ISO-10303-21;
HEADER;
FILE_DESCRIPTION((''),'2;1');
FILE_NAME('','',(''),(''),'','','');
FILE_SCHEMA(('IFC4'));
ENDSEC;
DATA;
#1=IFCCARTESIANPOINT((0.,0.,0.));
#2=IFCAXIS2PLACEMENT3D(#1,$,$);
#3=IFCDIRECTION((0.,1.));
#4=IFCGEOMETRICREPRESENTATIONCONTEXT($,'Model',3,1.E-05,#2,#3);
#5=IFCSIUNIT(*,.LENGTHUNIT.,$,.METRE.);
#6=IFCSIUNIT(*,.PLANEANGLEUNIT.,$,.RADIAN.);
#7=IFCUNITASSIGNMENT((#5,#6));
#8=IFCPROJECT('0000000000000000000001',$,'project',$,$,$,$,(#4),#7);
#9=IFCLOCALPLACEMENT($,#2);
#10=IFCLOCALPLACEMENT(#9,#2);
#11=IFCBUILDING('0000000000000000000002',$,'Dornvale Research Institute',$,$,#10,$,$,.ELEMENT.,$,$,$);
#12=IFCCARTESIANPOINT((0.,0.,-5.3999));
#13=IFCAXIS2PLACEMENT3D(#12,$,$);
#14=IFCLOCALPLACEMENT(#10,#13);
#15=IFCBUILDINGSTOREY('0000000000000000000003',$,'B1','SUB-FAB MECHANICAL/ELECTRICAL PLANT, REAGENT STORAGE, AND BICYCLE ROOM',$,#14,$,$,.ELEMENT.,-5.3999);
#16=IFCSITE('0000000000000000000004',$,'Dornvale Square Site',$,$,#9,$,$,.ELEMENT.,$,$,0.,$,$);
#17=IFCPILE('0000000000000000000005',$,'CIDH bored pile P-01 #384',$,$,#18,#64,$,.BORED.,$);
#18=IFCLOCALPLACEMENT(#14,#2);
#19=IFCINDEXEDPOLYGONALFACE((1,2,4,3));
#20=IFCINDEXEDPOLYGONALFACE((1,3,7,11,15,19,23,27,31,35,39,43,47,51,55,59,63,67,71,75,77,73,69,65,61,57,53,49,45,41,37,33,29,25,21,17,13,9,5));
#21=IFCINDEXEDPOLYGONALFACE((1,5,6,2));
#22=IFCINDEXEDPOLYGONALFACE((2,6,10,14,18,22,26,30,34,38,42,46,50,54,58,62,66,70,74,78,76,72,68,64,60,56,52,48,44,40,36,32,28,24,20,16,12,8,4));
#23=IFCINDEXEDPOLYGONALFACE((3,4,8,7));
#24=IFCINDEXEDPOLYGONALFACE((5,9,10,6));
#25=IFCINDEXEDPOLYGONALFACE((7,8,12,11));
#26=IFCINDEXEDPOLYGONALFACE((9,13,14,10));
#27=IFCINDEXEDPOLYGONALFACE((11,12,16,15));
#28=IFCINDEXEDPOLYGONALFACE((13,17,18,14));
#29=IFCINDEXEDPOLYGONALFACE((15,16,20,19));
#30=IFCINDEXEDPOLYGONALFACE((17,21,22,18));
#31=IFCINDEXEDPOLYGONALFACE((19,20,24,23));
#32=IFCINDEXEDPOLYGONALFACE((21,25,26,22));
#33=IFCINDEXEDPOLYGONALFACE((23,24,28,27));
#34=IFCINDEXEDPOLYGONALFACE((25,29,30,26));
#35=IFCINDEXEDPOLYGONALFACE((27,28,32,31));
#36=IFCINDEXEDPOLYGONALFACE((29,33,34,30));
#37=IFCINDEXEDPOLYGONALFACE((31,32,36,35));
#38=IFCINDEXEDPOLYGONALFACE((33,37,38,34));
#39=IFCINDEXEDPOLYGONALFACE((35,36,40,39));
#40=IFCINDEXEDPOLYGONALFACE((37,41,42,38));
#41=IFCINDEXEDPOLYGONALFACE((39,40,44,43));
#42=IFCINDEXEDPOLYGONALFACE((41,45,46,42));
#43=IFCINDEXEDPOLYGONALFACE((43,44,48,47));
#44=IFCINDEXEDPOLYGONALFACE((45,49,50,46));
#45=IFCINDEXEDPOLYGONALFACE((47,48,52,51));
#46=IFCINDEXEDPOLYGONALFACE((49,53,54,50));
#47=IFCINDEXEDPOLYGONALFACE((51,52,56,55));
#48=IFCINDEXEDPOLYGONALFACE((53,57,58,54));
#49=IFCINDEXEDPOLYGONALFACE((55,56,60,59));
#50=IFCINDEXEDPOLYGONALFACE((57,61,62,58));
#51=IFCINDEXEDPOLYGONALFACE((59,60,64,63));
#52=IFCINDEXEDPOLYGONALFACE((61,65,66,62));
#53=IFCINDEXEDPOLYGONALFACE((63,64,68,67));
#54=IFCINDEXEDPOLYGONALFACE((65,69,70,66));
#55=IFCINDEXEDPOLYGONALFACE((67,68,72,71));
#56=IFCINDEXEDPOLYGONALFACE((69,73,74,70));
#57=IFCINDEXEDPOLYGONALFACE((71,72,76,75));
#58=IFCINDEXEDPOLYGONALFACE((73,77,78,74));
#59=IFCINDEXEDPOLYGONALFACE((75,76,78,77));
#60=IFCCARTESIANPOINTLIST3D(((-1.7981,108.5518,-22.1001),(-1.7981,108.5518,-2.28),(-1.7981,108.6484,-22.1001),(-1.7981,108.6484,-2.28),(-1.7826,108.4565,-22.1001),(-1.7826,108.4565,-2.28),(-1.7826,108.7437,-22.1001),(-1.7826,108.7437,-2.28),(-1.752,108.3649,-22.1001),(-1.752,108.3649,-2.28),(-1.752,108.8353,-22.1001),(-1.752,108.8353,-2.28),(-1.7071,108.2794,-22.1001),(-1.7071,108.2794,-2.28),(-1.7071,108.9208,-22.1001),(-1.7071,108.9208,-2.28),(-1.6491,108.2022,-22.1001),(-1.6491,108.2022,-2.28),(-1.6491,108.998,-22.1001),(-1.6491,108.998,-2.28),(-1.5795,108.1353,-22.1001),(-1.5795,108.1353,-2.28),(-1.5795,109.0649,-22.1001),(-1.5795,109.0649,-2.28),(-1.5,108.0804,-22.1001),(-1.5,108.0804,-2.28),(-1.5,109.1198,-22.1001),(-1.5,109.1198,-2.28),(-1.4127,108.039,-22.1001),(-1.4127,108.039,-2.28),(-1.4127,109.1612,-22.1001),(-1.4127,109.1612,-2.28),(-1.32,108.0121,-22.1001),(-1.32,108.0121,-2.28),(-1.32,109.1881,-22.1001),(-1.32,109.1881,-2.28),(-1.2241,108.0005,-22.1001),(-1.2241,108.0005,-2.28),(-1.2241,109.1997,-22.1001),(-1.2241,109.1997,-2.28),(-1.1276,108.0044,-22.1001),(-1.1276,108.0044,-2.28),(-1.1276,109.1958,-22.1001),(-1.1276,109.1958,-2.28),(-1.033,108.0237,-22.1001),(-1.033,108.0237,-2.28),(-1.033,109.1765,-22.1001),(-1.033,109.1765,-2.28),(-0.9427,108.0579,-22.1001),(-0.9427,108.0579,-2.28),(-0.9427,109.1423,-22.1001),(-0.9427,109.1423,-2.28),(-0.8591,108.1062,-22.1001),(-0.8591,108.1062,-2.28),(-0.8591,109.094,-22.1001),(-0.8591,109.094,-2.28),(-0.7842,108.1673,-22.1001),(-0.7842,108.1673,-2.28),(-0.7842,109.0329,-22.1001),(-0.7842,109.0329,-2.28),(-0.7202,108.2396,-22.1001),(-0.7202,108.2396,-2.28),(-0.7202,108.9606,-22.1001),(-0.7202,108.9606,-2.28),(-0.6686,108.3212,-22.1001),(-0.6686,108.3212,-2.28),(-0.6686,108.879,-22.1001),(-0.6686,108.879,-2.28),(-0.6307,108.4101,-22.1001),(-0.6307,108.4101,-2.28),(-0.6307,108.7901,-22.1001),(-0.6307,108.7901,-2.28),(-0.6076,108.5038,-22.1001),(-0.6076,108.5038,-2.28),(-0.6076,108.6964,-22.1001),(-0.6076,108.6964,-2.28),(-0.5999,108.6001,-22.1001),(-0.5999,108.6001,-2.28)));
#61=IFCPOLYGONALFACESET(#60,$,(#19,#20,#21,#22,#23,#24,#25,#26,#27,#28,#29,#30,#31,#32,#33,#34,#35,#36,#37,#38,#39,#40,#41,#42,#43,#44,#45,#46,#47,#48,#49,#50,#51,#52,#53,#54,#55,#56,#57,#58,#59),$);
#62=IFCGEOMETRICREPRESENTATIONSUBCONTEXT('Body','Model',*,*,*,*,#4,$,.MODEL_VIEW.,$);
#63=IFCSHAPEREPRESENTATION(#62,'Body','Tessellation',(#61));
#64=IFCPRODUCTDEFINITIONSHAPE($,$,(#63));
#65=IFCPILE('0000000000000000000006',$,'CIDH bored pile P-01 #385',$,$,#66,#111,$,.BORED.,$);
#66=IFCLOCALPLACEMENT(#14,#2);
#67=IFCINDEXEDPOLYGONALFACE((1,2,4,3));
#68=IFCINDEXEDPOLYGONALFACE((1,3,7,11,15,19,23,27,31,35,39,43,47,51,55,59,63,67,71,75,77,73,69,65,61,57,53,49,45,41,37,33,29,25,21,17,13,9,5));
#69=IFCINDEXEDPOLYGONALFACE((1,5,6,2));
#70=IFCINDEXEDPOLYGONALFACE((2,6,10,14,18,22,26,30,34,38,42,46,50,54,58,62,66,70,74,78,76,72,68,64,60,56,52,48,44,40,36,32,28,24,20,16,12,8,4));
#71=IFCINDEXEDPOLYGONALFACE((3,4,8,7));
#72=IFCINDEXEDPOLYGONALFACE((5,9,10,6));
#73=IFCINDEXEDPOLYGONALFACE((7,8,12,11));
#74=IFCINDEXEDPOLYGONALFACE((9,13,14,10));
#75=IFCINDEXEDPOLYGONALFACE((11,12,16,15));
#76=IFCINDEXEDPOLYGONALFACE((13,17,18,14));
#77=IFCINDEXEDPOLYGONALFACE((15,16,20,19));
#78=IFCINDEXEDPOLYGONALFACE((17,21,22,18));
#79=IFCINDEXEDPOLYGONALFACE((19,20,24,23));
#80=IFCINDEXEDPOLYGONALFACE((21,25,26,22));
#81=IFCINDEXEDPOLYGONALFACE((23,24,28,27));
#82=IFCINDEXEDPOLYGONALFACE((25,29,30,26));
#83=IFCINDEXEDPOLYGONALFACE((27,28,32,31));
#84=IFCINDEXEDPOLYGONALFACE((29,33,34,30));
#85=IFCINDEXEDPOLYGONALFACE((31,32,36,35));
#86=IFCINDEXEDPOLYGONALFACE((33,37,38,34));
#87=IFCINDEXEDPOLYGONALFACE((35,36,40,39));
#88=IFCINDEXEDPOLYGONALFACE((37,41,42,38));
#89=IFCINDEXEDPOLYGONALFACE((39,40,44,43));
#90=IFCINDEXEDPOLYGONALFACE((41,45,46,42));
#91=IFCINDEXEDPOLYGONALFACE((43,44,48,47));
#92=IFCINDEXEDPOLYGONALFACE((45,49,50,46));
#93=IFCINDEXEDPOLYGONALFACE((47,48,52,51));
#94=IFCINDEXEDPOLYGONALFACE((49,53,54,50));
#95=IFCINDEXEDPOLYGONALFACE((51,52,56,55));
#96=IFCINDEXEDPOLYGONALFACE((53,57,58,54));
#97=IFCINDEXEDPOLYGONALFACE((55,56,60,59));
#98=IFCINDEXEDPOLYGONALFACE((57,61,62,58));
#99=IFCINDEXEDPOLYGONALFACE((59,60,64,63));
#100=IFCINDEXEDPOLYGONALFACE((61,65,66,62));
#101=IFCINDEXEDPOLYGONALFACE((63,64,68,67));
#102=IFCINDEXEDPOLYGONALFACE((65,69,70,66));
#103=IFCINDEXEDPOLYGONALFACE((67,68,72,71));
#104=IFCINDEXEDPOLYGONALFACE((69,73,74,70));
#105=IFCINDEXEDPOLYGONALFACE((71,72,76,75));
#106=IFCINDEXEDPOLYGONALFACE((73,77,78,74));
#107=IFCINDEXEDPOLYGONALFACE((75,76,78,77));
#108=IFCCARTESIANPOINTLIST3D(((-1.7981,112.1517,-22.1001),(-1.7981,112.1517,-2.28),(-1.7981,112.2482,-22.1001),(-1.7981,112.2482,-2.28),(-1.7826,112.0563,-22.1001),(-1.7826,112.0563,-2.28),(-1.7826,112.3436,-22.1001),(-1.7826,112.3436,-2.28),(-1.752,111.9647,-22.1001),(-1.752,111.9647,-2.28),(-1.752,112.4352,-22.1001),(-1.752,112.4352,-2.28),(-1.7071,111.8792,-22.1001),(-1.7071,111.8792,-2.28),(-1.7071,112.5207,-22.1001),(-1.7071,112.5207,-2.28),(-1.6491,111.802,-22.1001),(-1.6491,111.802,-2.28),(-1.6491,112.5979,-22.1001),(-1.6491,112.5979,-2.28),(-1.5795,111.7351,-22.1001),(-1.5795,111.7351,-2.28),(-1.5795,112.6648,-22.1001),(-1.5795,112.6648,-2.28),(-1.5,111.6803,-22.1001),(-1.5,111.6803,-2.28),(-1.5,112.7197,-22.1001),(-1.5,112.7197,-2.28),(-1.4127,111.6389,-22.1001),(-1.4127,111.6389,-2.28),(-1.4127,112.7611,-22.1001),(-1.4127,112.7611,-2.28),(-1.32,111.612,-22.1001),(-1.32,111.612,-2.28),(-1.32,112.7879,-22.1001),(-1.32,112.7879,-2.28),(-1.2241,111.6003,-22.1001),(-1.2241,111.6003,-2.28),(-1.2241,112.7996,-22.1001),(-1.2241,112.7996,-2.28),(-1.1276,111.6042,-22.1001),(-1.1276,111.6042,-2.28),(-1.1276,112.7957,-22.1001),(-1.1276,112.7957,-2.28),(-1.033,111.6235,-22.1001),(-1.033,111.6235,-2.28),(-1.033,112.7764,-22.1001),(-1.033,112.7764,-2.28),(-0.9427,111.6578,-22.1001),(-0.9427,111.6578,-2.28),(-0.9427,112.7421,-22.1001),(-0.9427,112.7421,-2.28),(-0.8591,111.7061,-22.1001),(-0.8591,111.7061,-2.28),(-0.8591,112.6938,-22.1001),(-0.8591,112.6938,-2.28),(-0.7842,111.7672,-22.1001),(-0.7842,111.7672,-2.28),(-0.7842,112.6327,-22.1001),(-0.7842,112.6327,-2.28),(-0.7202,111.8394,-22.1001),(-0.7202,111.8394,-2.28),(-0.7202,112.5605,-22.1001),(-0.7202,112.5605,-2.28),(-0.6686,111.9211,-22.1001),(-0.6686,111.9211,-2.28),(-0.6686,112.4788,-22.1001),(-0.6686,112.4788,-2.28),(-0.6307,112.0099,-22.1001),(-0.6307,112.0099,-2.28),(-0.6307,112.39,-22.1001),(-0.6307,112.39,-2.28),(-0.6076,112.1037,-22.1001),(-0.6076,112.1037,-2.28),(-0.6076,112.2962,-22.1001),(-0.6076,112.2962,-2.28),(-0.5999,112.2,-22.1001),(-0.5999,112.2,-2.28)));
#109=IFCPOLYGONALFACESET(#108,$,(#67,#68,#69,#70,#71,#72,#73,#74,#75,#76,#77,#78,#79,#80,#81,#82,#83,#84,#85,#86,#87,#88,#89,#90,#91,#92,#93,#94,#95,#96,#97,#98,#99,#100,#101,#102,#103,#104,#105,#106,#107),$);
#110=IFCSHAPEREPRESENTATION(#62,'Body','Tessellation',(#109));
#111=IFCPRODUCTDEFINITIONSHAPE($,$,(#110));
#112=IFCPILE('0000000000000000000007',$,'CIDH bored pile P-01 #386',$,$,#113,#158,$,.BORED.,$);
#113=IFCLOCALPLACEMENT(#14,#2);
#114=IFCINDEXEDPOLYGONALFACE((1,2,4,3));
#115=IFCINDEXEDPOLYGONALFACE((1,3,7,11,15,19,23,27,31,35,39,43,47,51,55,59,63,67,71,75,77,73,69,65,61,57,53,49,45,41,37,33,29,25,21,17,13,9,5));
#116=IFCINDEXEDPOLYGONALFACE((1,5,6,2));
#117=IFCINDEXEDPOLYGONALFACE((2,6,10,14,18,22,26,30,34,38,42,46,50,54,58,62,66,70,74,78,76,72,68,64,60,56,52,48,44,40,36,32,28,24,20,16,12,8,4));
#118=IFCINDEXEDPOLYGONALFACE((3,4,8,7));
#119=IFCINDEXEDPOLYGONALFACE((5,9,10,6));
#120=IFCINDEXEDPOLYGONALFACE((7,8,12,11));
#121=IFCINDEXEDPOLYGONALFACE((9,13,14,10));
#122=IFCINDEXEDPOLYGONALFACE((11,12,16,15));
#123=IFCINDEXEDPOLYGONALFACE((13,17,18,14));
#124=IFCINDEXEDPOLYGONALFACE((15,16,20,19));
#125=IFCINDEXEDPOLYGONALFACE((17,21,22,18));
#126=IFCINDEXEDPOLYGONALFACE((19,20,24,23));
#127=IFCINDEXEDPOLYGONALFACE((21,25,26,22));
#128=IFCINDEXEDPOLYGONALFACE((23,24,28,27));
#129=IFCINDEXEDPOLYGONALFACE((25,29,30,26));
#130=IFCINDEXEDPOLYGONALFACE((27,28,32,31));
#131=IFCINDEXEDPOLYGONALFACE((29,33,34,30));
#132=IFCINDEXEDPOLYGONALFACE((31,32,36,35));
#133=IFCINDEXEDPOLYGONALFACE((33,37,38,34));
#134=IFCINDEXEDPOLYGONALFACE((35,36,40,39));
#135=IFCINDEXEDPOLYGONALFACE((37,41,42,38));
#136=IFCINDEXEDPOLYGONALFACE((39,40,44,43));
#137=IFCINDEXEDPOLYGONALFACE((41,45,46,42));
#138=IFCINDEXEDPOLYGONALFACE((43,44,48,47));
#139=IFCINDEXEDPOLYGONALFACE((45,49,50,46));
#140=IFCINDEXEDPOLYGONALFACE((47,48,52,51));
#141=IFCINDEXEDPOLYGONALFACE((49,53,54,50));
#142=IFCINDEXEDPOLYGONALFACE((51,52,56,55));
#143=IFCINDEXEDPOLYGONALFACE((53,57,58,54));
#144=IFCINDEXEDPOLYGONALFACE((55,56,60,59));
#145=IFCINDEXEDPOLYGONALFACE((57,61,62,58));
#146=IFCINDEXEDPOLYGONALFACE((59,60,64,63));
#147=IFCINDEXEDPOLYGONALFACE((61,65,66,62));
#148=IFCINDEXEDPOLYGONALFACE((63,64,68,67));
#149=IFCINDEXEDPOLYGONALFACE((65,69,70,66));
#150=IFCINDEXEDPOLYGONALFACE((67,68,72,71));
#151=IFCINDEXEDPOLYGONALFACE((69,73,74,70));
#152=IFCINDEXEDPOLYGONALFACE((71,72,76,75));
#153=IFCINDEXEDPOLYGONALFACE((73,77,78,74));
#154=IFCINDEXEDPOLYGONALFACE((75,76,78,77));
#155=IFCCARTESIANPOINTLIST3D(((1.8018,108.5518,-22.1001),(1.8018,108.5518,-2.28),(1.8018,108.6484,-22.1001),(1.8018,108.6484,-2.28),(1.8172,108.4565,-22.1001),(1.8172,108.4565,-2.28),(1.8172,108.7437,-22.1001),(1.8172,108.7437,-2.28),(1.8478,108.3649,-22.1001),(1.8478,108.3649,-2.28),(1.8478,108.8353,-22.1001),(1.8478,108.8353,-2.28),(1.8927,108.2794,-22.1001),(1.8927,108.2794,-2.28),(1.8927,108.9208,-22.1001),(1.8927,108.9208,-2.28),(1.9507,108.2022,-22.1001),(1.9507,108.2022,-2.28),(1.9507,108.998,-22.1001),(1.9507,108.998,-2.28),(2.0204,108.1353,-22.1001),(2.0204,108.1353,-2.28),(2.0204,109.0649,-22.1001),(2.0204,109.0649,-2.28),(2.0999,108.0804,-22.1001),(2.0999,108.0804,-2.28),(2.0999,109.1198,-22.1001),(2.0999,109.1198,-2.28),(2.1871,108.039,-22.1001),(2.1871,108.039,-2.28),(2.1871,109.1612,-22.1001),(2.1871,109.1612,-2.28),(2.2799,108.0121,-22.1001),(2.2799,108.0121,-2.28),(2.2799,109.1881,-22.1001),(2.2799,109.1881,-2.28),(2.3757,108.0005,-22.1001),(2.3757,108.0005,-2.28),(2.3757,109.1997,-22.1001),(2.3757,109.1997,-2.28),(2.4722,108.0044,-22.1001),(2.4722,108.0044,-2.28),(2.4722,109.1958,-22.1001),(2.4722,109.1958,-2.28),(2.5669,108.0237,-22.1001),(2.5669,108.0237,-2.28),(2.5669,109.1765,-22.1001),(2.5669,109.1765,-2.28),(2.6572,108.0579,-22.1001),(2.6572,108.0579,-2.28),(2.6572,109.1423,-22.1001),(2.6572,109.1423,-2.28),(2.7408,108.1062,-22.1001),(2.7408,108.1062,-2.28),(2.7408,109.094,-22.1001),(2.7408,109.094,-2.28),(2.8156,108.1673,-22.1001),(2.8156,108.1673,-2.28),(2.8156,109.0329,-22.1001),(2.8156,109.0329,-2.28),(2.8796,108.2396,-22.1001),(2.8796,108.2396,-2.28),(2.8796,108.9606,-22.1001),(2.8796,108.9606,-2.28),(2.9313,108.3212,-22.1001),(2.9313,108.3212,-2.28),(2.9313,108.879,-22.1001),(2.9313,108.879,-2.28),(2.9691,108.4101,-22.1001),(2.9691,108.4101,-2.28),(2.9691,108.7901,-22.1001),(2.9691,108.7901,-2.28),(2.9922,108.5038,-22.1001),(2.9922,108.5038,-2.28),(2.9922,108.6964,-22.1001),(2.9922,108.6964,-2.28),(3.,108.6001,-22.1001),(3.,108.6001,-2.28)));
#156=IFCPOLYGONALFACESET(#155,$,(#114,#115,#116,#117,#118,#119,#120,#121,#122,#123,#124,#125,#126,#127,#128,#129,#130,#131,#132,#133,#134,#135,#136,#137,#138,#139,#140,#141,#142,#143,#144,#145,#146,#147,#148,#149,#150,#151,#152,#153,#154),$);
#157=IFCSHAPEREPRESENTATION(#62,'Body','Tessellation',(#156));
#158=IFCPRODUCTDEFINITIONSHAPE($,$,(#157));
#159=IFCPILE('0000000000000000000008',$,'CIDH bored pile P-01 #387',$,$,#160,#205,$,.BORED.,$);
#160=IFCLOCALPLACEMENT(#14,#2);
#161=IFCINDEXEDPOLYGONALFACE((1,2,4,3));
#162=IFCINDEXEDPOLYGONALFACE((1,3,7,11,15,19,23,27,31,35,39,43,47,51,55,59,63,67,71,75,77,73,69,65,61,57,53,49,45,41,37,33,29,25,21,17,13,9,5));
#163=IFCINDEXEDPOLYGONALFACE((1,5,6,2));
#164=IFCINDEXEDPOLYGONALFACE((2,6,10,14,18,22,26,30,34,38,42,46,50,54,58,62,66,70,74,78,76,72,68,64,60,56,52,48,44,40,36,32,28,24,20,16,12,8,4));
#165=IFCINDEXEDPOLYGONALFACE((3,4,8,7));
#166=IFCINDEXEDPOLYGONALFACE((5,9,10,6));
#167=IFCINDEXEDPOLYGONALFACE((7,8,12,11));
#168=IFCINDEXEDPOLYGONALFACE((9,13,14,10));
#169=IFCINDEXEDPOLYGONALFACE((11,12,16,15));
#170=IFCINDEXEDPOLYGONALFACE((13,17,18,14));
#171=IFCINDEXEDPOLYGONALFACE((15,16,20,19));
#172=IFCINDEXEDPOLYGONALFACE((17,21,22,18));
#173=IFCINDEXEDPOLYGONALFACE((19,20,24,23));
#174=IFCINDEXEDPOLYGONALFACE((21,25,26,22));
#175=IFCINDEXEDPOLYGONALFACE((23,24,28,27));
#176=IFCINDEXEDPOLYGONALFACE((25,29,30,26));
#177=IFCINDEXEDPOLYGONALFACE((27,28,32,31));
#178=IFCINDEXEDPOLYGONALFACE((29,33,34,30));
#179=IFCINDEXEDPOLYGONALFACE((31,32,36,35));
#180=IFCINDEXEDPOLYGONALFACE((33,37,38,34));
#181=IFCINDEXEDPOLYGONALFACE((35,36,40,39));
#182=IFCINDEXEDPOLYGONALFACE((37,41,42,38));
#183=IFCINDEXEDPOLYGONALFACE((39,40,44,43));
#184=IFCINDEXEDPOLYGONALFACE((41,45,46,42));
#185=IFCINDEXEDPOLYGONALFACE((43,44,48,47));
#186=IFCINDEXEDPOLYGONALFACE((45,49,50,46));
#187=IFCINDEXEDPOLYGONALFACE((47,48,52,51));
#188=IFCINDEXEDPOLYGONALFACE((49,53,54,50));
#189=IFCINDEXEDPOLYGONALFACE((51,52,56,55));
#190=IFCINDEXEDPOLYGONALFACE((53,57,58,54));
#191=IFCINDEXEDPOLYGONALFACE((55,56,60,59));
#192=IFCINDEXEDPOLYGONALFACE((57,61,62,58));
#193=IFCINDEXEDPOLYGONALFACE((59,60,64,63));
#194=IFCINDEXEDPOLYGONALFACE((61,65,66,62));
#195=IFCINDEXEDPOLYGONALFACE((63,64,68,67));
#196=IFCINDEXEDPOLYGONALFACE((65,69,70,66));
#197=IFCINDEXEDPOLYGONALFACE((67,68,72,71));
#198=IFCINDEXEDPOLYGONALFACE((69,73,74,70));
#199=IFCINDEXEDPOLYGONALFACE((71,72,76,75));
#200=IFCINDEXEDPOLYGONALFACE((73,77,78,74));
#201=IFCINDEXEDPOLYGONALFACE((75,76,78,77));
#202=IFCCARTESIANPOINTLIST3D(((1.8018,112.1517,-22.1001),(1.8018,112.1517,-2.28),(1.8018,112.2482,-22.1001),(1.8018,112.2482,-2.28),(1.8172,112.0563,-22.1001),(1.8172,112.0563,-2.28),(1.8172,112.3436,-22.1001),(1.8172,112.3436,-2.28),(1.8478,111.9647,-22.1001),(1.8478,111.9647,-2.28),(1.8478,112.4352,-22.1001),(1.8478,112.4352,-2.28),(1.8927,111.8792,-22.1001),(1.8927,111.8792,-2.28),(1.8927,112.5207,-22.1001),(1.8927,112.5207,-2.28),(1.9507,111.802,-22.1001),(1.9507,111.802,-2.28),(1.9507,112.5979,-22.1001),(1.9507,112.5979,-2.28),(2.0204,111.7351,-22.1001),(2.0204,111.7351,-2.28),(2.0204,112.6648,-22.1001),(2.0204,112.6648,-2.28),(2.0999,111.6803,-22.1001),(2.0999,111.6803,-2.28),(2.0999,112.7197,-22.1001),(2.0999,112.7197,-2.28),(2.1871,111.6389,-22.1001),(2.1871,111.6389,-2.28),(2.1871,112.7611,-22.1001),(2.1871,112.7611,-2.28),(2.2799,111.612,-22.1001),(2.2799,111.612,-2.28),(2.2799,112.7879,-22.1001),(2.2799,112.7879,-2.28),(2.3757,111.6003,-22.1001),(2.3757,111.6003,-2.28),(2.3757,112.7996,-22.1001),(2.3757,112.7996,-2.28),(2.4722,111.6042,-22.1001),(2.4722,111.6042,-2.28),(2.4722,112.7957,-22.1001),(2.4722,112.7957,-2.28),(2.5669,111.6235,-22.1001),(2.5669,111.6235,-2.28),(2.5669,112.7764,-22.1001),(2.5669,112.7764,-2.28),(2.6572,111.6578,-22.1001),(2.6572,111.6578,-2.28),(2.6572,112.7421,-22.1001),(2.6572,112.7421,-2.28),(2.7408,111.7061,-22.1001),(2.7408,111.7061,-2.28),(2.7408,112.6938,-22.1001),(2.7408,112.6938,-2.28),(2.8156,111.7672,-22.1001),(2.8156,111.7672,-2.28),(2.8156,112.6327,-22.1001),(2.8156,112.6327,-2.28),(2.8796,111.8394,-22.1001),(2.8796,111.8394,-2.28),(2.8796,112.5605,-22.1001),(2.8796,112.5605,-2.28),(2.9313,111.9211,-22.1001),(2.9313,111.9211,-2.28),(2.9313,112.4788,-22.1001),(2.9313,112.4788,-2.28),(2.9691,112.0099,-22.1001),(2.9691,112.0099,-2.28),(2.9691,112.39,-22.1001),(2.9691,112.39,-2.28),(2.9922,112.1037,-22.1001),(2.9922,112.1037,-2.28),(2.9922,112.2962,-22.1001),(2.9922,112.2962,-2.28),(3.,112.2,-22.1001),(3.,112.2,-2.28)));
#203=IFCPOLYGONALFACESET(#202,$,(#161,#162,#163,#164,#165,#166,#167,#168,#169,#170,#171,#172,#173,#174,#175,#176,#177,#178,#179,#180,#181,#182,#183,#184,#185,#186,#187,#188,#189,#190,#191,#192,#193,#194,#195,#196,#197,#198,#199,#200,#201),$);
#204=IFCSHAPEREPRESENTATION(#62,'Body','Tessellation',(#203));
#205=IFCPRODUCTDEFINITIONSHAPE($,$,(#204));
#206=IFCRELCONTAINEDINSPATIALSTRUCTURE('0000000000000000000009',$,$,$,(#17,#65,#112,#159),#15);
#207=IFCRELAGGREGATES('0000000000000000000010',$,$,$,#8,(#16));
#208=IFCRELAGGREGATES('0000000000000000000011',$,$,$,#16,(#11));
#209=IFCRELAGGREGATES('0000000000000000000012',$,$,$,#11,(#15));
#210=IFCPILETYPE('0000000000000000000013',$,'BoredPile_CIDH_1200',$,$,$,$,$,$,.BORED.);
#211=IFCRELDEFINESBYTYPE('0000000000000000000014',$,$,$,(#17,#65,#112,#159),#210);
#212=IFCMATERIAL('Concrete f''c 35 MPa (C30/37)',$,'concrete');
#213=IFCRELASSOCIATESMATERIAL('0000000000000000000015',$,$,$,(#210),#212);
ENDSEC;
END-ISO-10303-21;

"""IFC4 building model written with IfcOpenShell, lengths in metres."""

from ifc_helpers import new_model, si_unit, direction, frame, origin, origin_2d, place, context, subcontext, project, spatial, circle, extrude, material, material_profile, profile_set, type_object, element, save


model = new_model("IFC4")

# Units and contexts
model_context = context("Model", 3, precision=1e-05, world=origin(), true_north=direction((0.0, 1.0)))
body_context = subcontext(model_context, "Body", "Model", "MODEL_VIEW")
ifc_project = project(units=[si_unit("LENGTHUNIT", "METRE"), si_unit("PLANEANGLEUNIT", "RADIAN")], contexts=[model_context])

# Site, building, storey
site_placement = place(None, origin())
site = spatial("IfcSite", under=ifc_project, at=site_placement, Name="Dornvale Square Site", CompositionType="ELEMENT", RefElevation=0.0)
building_placement = place(site_placement, origin())
building = spatial("IfcBuilding", under=site, at=building_placement, Name="Dornvale Research Institute", CompositionType="ELEMENT")
storey_placement = place(building_placement, frame((0.0, 0.0, -5.3999)))
storey = spatial("IfcBuildingStorey", under=building, at=storey_placement, Name="B1", Description="SUB-FAB MECHANICAL/ELECTRICAL PLANT, REAGENT STORAGE, AND BICYCLE ROOM", CompositionType="ELEMENT", Elevation=-5.3999)

# Piles
ifc_material_1 = material(Name="Concrete f'c 35 MPa (C30/37)", Category="concrete")
ifc_material_profile_1 = material_profile(ifc_material_1, circle(Radius=0.6001, at=origin_2d()), Name="CIDH PILE D1200")
ifc_profile_set_1 = profile_set([ifc_material_profile_1], Name="Concrete f'c 35 MPa (C30/37)")
pile_type = type_object("IfcPileType", Name="BoredPile_CIDH_1200", PredefinedType="BORED", material=ifc_profile_set_1)
for number, where, z_axis, x_axis, name in (
    (1, (-1.2, 108.6001, -2.28), (0.0, 0.0, -1.0), (1.0, 0.0, 0.0), "CIDH bored pile P-01 #384"),
    (2, (-1.2, 112.2, -2.28), (0.0, 0.0, -1.0), (1.0, 0.0, 0.0), "CIDH bored pile P-01 #385"),
    (3, (2.3999, 108.6001, -2.28), (0.0, 0.0, -1.0), (1.0, 0.0, 0.0), "CIDH bored pile P-01 #386"),
    (4, (2.3999, 112.2, -2.28), (0.0, 0.0, -1.0), (1.0, 0.0, 0.0), "CIDH bored pile P-01 #387"),
):
    element("IfcPile", number, at=place(storey_placement, frame(where, z_axis=z_axis, x_axis=x_axis)), inside=storey, type_object=pile_type, Name=name, PredefinedType="BORED", context=body_context, shape_type="SweptSolid", body=[
        extrude(circle(Radius=0.6001, at=origin_2d()), origin(), (0.0, 0.0, 1.0), 19.8201),
    ])

save(model, "model.ifc")
